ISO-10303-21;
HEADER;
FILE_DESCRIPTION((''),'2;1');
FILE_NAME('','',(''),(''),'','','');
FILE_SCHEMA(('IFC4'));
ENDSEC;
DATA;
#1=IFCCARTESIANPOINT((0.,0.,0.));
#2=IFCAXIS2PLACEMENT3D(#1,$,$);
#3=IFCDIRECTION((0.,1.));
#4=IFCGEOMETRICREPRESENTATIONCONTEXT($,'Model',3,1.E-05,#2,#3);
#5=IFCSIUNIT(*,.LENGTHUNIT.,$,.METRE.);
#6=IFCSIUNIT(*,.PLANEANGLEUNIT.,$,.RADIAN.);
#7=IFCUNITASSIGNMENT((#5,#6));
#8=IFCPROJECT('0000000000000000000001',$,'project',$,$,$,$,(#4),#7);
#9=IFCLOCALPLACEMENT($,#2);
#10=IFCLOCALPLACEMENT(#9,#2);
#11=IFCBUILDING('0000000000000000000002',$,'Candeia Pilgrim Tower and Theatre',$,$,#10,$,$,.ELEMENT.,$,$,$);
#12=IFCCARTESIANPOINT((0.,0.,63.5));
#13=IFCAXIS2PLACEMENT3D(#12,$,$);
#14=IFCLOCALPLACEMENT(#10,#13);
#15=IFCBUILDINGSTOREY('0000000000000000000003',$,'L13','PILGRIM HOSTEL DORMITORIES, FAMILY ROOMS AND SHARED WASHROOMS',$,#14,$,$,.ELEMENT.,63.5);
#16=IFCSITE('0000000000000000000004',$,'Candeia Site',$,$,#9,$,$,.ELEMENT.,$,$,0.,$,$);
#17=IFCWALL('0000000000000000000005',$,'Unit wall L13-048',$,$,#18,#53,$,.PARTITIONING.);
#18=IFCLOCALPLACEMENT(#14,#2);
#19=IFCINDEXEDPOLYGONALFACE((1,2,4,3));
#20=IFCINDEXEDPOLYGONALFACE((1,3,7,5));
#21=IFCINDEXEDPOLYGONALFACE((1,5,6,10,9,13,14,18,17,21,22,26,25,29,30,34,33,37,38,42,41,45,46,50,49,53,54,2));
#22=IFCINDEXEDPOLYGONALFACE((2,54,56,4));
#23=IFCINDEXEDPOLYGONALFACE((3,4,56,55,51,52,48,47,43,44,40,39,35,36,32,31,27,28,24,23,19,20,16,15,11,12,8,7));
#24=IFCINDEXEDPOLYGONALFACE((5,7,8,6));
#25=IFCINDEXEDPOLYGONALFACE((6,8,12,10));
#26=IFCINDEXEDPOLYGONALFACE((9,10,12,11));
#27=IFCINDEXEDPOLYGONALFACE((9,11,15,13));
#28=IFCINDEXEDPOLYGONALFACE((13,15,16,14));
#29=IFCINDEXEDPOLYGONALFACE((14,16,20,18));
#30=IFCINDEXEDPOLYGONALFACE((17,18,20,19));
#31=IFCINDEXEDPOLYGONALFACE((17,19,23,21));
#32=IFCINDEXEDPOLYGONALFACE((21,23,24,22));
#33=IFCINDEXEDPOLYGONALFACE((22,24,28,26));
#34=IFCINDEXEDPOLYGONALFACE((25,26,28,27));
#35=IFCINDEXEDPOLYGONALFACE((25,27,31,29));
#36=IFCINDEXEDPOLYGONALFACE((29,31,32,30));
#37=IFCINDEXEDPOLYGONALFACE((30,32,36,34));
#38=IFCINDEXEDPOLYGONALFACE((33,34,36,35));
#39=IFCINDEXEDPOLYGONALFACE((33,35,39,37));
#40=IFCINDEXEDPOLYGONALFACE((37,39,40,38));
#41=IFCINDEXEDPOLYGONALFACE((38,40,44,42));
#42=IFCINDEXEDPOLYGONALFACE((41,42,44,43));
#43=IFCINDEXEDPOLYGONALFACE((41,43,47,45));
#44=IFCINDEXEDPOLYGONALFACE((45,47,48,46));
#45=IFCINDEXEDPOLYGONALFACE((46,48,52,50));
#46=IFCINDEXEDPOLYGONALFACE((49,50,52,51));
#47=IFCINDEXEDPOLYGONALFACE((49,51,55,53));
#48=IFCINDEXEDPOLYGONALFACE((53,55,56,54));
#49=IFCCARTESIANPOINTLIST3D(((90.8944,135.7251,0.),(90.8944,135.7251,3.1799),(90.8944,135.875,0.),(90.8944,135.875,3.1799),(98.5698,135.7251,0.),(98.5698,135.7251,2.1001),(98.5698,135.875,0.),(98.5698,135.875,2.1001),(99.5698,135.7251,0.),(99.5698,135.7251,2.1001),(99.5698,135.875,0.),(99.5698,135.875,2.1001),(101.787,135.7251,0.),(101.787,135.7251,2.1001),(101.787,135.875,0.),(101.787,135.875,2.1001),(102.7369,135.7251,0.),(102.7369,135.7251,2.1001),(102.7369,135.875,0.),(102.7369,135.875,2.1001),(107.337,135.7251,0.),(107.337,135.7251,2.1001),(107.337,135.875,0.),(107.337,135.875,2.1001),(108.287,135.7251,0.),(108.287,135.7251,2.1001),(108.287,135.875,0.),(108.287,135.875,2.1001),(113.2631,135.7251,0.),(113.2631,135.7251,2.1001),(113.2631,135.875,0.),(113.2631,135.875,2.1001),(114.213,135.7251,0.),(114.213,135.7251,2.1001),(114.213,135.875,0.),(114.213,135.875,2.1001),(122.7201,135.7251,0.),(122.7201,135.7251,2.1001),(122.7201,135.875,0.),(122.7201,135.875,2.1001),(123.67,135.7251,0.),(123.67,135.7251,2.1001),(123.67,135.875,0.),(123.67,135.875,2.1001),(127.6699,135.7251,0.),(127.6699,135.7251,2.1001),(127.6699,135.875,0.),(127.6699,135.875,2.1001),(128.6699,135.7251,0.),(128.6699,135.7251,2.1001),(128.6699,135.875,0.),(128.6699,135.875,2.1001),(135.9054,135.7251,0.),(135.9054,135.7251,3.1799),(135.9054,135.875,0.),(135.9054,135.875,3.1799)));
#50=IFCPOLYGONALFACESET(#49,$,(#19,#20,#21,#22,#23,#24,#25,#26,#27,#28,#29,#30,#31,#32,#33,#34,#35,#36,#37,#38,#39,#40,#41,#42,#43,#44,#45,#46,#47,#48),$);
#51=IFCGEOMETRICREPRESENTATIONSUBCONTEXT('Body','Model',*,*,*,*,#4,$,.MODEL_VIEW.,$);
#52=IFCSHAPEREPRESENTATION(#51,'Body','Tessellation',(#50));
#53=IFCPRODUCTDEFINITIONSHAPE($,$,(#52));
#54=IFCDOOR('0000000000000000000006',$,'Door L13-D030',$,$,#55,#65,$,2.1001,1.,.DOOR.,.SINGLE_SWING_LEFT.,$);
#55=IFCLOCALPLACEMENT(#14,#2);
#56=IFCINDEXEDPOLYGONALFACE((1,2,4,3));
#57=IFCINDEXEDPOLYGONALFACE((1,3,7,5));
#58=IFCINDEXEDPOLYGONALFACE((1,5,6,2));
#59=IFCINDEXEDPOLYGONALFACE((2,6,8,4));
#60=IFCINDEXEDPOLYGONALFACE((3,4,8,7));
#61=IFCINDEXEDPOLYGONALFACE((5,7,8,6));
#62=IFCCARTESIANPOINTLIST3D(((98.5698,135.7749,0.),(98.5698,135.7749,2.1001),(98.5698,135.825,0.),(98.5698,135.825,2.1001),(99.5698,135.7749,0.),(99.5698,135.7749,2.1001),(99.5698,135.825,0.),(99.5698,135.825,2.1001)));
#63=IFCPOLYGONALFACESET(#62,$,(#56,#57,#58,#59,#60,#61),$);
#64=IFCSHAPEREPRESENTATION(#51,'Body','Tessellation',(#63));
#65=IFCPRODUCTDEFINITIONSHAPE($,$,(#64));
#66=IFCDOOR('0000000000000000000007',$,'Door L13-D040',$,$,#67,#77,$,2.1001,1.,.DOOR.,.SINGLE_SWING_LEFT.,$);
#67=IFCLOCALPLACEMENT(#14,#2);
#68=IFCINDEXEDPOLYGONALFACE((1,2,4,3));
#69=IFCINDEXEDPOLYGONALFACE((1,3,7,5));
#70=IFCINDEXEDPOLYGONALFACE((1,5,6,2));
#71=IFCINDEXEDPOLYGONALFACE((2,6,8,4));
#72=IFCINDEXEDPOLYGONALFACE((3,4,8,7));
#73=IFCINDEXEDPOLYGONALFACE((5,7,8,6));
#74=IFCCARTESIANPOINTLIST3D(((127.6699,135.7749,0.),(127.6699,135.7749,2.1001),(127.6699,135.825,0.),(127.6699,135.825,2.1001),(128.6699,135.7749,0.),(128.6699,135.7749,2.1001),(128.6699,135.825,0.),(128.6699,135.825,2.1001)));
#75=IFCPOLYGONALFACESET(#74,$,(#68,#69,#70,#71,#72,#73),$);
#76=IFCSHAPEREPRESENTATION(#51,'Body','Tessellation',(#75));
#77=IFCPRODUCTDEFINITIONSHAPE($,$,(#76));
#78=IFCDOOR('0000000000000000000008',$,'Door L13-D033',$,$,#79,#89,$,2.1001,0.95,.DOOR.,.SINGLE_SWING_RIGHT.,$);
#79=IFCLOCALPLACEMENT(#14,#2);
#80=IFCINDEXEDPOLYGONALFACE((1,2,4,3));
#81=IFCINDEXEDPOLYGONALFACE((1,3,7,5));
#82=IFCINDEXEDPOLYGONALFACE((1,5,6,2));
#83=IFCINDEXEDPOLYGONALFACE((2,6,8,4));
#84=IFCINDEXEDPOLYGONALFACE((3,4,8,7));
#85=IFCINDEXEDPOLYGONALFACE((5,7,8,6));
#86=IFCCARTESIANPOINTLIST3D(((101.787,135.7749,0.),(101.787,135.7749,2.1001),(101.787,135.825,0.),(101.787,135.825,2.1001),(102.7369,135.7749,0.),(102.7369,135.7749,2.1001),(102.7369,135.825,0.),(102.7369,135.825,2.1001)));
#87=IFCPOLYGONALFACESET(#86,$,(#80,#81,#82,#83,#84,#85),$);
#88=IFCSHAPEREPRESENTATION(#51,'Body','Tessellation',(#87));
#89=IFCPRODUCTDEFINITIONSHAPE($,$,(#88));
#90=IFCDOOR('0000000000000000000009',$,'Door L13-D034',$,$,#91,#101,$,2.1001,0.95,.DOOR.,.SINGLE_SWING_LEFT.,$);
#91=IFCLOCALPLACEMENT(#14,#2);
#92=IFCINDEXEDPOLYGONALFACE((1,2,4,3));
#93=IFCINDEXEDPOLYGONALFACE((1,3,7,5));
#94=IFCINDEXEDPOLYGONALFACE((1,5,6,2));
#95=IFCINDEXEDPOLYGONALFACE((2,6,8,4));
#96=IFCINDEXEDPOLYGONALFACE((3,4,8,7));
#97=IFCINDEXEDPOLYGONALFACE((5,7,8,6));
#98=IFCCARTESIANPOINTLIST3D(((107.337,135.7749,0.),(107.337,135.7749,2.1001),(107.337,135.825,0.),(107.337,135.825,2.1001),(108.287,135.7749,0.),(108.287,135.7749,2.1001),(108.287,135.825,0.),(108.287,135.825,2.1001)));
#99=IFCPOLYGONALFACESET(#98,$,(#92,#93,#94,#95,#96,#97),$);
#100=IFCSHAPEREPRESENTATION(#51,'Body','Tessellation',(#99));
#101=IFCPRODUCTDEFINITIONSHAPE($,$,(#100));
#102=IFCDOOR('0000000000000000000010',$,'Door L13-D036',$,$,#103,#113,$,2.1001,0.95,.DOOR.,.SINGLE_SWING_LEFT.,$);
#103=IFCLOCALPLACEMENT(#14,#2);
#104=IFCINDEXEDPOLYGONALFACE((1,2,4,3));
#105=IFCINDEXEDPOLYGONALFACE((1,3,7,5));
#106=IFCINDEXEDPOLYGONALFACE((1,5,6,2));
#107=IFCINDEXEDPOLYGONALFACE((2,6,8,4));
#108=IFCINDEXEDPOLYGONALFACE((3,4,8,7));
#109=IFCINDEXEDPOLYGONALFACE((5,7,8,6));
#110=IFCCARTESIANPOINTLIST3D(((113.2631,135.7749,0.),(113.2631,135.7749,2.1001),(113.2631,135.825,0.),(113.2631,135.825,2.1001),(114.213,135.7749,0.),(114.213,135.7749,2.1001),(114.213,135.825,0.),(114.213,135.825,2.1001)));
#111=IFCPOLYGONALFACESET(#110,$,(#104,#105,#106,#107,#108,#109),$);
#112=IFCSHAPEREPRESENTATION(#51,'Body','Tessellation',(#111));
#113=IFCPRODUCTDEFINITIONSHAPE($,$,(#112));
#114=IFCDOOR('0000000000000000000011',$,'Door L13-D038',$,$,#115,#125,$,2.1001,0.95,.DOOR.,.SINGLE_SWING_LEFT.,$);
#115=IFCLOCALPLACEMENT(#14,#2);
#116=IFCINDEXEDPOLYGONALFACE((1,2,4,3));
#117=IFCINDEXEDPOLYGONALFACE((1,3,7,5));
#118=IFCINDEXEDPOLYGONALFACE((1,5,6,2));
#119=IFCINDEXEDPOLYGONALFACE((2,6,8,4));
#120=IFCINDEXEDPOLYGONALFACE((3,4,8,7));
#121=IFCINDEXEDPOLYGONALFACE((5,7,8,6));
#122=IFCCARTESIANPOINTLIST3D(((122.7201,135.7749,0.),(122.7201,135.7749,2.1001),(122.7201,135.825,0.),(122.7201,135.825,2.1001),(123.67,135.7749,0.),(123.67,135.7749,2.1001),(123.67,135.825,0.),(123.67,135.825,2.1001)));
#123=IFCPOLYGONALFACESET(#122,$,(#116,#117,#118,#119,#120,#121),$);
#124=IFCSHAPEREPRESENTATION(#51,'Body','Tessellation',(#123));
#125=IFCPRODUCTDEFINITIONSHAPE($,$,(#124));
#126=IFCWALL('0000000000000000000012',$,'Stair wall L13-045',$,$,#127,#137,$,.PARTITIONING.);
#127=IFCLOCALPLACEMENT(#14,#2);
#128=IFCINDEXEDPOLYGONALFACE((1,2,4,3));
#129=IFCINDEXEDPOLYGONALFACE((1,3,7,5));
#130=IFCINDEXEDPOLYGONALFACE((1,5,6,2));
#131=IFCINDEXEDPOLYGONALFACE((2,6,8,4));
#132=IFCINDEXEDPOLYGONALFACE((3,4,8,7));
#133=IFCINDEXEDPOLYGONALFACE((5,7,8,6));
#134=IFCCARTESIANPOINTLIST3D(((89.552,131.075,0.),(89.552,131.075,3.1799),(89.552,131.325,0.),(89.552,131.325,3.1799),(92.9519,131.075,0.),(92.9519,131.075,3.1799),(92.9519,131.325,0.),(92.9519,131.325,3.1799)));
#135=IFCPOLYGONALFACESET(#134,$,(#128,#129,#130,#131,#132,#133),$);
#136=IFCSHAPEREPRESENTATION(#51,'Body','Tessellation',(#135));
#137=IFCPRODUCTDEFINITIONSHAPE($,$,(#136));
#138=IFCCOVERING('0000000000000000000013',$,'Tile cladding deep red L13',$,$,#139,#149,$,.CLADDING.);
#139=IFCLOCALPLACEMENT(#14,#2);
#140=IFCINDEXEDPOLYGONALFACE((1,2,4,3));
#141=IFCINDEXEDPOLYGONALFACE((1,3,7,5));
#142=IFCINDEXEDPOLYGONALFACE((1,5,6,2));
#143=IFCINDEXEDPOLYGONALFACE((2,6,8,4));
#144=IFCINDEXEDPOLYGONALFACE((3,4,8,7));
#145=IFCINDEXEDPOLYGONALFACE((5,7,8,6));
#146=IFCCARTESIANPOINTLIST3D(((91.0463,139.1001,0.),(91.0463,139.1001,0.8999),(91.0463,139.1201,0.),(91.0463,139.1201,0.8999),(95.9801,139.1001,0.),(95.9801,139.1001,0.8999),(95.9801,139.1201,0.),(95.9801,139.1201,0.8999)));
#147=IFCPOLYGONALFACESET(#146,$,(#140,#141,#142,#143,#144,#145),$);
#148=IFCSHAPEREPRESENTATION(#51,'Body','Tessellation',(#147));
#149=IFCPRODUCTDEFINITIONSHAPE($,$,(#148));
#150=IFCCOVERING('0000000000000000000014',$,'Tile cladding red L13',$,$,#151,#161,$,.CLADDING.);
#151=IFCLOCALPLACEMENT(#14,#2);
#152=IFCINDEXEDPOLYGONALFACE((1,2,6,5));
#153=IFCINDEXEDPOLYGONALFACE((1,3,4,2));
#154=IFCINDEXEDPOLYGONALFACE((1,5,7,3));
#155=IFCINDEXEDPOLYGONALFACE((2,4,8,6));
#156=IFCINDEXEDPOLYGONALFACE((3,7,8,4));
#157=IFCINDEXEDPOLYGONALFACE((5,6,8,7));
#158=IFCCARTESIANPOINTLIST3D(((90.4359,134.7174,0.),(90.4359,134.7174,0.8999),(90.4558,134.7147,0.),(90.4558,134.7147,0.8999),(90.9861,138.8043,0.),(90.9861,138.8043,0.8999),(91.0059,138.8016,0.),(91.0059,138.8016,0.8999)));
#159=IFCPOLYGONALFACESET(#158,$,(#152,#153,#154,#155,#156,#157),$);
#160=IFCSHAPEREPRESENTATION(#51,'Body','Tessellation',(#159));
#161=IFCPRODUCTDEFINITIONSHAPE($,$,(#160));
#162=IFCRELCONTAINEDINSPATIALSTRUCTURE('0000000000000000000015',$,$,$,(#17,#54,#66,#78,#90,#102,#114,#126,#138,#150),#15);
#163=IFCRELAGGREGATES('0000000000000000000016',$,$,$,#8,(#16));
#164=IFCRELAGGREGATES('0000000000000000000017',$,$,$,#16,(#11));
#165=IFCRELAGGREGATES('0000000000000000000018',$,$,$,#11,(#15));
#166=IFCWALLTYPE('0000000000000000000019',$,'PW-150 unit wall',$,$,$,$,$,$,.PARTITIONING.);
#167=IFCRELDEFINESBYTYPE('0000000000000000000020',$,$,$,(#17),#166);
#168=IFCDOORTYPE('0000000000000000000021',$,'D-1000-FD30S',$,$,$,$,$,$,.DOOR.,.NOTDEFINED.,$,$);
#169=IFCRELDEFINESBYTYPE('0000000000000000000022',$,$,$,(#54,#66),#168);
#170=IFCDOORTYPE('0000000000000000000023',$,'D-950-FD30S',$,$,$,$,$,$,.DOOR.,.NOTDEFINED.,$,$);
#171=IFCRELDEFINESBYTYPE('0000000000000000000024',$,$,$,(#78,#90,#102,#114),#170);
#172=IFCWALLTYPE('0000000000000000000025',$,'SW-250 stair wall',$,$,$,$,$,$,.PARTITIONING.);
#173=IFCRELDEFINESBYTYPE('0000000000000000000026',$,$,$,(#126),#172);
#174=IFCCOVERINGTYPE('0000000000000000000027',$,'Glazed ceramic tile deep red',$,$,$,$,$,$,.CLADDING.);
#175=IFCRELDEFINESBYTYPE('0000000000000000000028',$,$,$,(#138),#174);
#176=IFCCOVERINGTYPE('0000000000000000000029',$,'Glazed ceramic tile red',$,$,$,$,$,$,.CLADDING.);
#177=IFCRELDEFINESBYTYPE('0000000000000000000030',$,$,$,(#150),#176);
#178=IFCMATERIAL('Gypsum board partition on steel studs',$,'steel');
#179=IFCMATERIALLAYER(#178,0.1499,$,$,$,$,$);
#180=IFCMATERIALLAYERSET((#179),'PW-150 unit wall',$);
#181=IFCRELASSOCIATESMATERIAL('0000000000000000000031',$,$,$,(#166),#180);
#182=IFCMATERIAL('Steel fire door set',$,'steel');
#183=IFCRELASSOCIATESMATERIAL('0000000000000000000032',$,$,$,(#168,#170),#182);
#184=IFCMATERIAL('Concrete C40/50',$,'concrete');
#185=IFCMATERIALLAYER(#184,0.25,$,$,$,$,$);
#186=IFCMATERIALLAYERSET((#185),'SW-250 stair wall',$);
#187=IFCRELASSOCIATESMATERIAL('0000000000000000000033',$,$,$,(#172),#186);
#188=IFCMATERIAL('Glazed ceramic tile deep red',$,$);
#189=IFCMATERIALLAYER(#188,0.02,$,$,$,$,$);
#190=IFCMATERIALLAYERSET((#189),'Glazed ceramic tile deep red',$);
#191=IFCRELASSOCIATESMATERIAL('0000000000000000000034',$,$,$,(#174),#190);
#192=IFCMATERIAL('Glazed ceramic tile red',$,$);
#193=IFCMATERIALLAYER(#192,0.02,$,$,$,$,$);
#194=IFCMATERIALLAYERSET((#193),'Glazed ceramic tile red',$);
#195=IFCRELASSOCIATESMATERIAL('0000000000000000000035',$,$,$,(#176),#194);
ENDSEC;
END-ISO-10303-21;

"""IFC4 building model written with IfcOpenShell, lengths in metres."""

from ifc_helpers import new_model, si_unit, direction, frame, frame_2d, origin, origin_2d, place, context, subcontext, project, spatial, rectangle, extrude, material, layer, layer_set, type_object, element, fill, save


model = new_model("IFC4")

# Units and contexts
model_context = context("Model", 3, precision=1e-05, world=origin(), true_north=direction((0.0, 1.0)))
body_context = subcontext(model_context, "Body", "Model", "MODEL_VIEW")
ifc_project = project(units=[si_unit("LENGTHUNIT", "METRE"), si_unit("PLANEANGLEUNIT", "RADIAN")], contexts=[model_context])

# Site, building, storey
site_placement = place(None, origin())
site = spatial("IfcSite", under=ifc_project, at=site_placement, Name="Candeia Site", CompositionType="ELEMENT", RefElevation=0.0)
building_placement = place(site_placement, origin())
building = spatial("IfcBuilding", under=site, at=building_placement, Name="Candeia Pilgrim Tower and Theatre", CompositionType="ELEMENT")
storey_placement = place(building_placement, frame((0.0, 0.0, 63.5)))
storey = spatial("IfcBuildingStorey", under=building, at=storey_placement, Name="L13", Description="PILGRIM HOSTEL DORMITORIES, FAMILY ROOMS AND SHARED WASHROOMS", CompositionType="ELEMENT", Elevation=63.5)

# Shared definitions
ifc_material_1 = material(Name="Steel fire door set", Category="steel")

# Shared definitions
ifc_material_2 = material(Name="Gypsum board partition on steel studs", Category="steel")

# Wall, openings, doors
ifc_layer_1 = layer(ifc_material_2, 0.1499)
ifc_layer_set_1 = layer_set([ifc_layer_1], Name="PW-150 unit wall")
wall_type_1 = type_object("IfcWallType", Name="PW-150 unit wall", PredefinedType="PARTITIONING", material=ifc_layer_set_1)
wall_1_placement = place(storey_placement, frame((90.8945, 135.8, 0.0), z_axis=(0.0, 0.0, 1.0), x_axis=(1.0, 0.0, 0.0)))
wall_1 = element("IfcWall", 1, at=wall_1_placement, inside=storey, type_object=wall_type_1, Name="Unit wall L13-048", PredefinedType="PARTITIONING", context=body_context, shape_type="SweptSolid", body=[
    extrude(rectangle(XDim=45.011, YDim=0.1499, at=frame_2d((22.5054, 0.0))), origin(), (0.0, 0.0, 1.0), 3.1799),
])
opening_1_placement = place(wall_1_placement, frame((7.6753, 0.0, 0.0)))
opening_1 = element("IfcOpeningElement", 2, at=opening_1_placement, cuts=wall_1, PredefinedType="OPENING", context=body_context, shape_type="SweptSolid", body=[
    extrude(rectangle(XDim=1.0, YDim=2.1001, at=frame_2d((0.5, 1.05))), frame((0.0, 0.085, 0.0), z_axis=(0.0, -1.0, 0.0), x_axis=(1.0, 0.0, 0.0)), (0.0, 0.0, 1.0), 0.1699),
])
opening_2_placement = place(wall_1_placement, frame((10.8923, 0.0, 0.0)))
opening_2 = element("IfcOpeningElement", 3, at=opening_2_placement, cuts=wall_1, PredefinedType="OPENING", context=body_context, shape_type="SweptSolid", body=[
    extrude(rectangle(XDim=0.95, YDim=2.1001, at=frame_2d((0.4751, 1.05))), frame((0.0, 0.085, 0.0), z_axis=(0.0, -1.0, 0.0), x_axis=(1.0, 0.0, 0.0)), (0.0, 0.0, 1.0), 0.1699),
])
opening_3_placement = place(wall_1_placement, frame((16.4424, 0.0, 0.0)))
opening_3 = element("IfcOpeningElement", 4, at=opening_3_placement, cuts=wall_1, PredefinedType="OPENING", context=body_context, shape_type="SweptSolid", body=[
    extrude(rectangle(XDim=0.95, YDim=2.1001, at=frame_2d((0.4751, 1.05))), frame((0.0, 0.085, 0.0), z_axis=(0.0, -1.0, 0.0), x_axis=(1.0, 0.0, 0.0)), (0.0, 0.0, 1.0), 0.1699),
])
opening_4_placement = place(wall_1_placement, frame((22.3684, 0.0, 0.0)))
opening_4 = element("IfcOpeningElement", 5, at=opening_4_placement, cuts=wall_1, PredefinedType="OPENING", context=body_context, shape_type="SweptSolid", body=[
    extrude(rectangle(XDim=0.95, YDim=2.1001, at=frame_2d((0.4751, 1.05))), frame((0.0, 0.085, 0.0), z_axis=(0.0, -1.0, 0.0), x_axis=(1.0, 0.0, 0.0)), (0.0, 0.0, 1.0), 0.1699),
])
opening_5_placement = place(wall_1_placement, frame((31.8254, 0.0, 0.0)))
opening_5 = element("IfcOpeningElement", 6, at=opening_5_placement, cuts=wall_1, PredefinedType="OPENING", context=body_context, shape_type="SweptSolid", body=[
    extrude(rectangle(XDim=0.95, YDim=2.1001, at=frame_2d((0.4751, 1.05))), frame((0.0, 0.085, 0.0), z_axis=(0.0, -1.0, 0.0), x_axis=(1.0, 0.0, 0.0)), (0.0, 0.0, 1.0), 0.1699),
])
opening_6_placement = place(wall_1_placement, frame((36.7754, 0.0, 0.0)))
opening_6 = element("IfcOpeningElement", 7, at=opening_6_placement, cuts=wall_1, PredefinedType="OPENING", context=body_context, shape_type="SweptSolid", body=[
    extrude(rectangle(XDim=1.0, YDim=2.1001, at=frame_2d((0.5, 1.05))), frame((0.0, 0.085, 0.0), z_axis=(0.0, -1.0, 0.0), x_axis=(1.0, 0.0, 0.0)), (0.0, 0.0, 1.0), 0.1699),
])
door_type_1 = type_object("IfcDoorType", Name="D-1000-FD30S", OperationType="NOTDEFINED", PredefinedType="DOOR", material=ifc_material_1)
door_1_placement = place(opening_1_placement, origin())
door_1 = element("IfcDoor", 8, at=door_1_placement, inside=storey, type_object=door_type_1, Name="Door L13-D030", OperationType="SINGLE_SWING_LEFT", OverallHeight=2.1001, OverallWidth=1.0, PredefinedType="DOOR", context=body_context, shape_type="SweptSolid", body=[
    extrude(rectangle(XDim=1.0, YDim=2.1001, at=frame_2d((0.5, 1.05))), frame((0.0, 0.0249, 0.0), z_axis=(0.0, -1.0, 0.0), x_axis=(1.0, 0.0, 0.0)), (0.0, 0.0, 1.0), 0.05),
])
fill(opening_1, door_1)
door_2_placement = place(opening_6_placement, origin())
door_2 = element("IfcDoor", 9, at=door_2_placement, inside=storey, type_object=door_type_1, Name="Door L13-D040", OperationType="SINGLE_SWING_LEFT", OverallHeight=2.1001, OverallWidth=1.0, PredefinedType="DOOR", context=body_context, shape_type="SweptSolid", body=[
    extrude(rectangle(XDim=1.0, YDim=2.1001, at=frame_2d((0.5, 1.05))), frame((0.0, 0.0249, 0.0), z_axis=(0.0, -1.0, 0.0), x_axis=(1.0, 0.0, 0.0)), (0.0, 0.0, 1.0), 0.05),
])
fill(opening_6, door_2)
door_type_2 = type_object("IfcDoorType", Name="D-950-FD30S", OperationType="NOTDEFINED", PredefinedType="DOOR", material=ifc_material_1)
door_3_placement = place(opening_2_placement, origin())
door_3 = element("IfcDoor", 10, at=door_3_placement, inside=storey, type_object=door_type_2, Name="Door L13-D033", OperationType="SINGLE_SWING_RIGHT", OverallHeight=2.1001, OverallWidth=0.95, PredefinedType="DOOR", context=body_context, shape_type="SweptSolid", body=[
    extrude(rectangle(XDim=0.95, YDim=2.1001, at=frame_2d((0.4751, 1.05))), frame((0.0, 0.0249, 0.0), z_axis=(0.0, -1.0, 0.0), x_axis=(1.0, 0.0, 0.0)), (0.0, 0.0, 1.0), 0.05),
])
fill(opening_2, door_3)
door_4_placement = place(opening_3_placement, origin())
door_4 = element("IfcDoor", 11, at=door_4_placement, inside=storey, type_object=door_type_2, Name="Door L13-D034", OperationType="SINGLE_SWING_LEFT", OverallHeight=2.1001, OverallWidth=0.95, PredefinedType="DOOR", context=body_context, shape_type="SweptSolid", body=[
    extrude(rectangle(XDim=0.95, YDim=2.1001, at=frame_2d((0.4751, 1.05))), frame((0.0, 0.0249, 0.0), z_axis=(0.0, -1.0, 0.0), x_axis=(1.0, 0.0, 0.0)), (0.0, 0.0, 1.0), 0.05),
])
fill(opening_3, door_4)
door_5_placement = place(opening_4_placement, origin())
door_5 = element("IfcDoor", 12, at=door_5_placement, inside=storey, type_object=door_type_2, Name="Door L13-D036", OperationType="SINGLE_SWING_LEFT", OverallHeight=2.1001, OverallWidth=0.95, PredefinedType="DOOR", context=body_context, shape_type="SweptSolid", body=[
    extrude(rectangle(XDim=0.95, YDim=2.1001, at=frame_2d((0.4751, 1.05))), frame((0.0, 0.0249, 0.0), z_axis=(0.0, -1.0, 0.0), x_axis=(1.0, 0.0, 0.0)), (0.0, 0.0, 1.0), 0.05),
])
fill(opening_4, door_5)
door_6_placement = place(opening_5_placement, origin())
door_6 = element("IfcDoor", 13, at=door_6_placement, inside=storey, type_object=door_type_2, Name="Door L13-D038", OperationType="SINGLE_SWING_LEFT", OverallHeight=2.1001, OverallWidth=0.95, PredefinedType="DOOR", context=body_context, shape_type="SweptSolid", body=[
    extrude(rectangle(XDim=0.95, YDim=2.1001, at=frame_2d((0.4751, 1.05))), frame((0.0, 0.0249, 0.0), z_axis=(0.0, -1.0, 0.0), x_axis=(1.0, 0.0, 0.0)), (0.0, 0.0, 1.0), 0.05),
])
fill(opening_5, door_6)

# Wall
ifc_material_3 = material(Name="Concrete C40/50", Category="concrete")
ifc_layer_2 = layer(ifc_material_3, 0.25)
ifc_layer_set_2 = layer_set([ifc_layer_2], Name="SW-250 stair wall")
wall_type_2 = type_object("IfcWallType", Name="SW-250 stair wall", PredefinedType="PARTITIONING", material=ifc_layer_set_2)
wall_2_placement = place(storey_placement, frame((89.552, 131.2, 0.0), z_axis=(0.0, 0.0, 1.0), x_axis=(1.0, 0.0, 0.0)))
element("IfcWall", 14, at=wall_2_placement, inside=storey, type_object=wall_type_2, Name="Stair wall L13-045", PredefinedType="PARTITIONING", context=body_context, shape_type="SweptSolid", body=[
    extrude(rectangle(XDim=3.3999, YDim=0.25, at=frame_2d((1.7, 0.0))), origin(), (0.0, 0.0, 1.0), 3.1799),
])

# Coverings
ifc_material_4 = material(Name="Glazed ceramic tile deep red")
ifc_layer_3 = layer(ifc_material_4, 0.02)
ifc_layer_set_3 = layer_set([ifc_layer_3], Name="Glazed ceramic tile deep red")
covering_type_1 = type_object("IfcCoveringType", Name="Glazed ceramic tile deep red", PredefinedType="CLADDING", material=ifc_layer_set_3)
covering_1_placement = place(storey_placement, frame((93.5132, 139.1101, 0.0), z_axis=(0.0, 0.0, 1.0), x_axis=(-1.0, 0.0, 0.0)))
element("IfcCovering", 15, at=covering_1_placement, inside=storey, type_object=covering_type_1, Name="Tile cladding deep red L13", PredefinedType="CLADDING", context=body_context, shape_type="SweptSolid", body=[
    extrude(rectangle(XDim=4.9338, YDim=0.02, at=origin_2d()), origin(), (0.0, 0.0, 1.0), 0.8999),
])
ifc_material_5 = material(Name="Glazed ceramic tile red")
ifc_layer_4 = layer(ifc_material_5, 0.02)
ifc_layer_set_4 = layer_set([ifc_layer_4], Name="Glazed ceramic tile red")
covering_type_2 = type_object("IfcCoveringType", Name="Glazed ceramic tile red", PredefinedType="CLADDING", material=ifc_layer_set_4)
covering_2_placement = place(storey_placement, frame((90.7209, 136.7595, 0.0), z_axis=(0.0, 0.0, 1.0), x_axis=(-0.133412, -0.991061, 0.0)))
element("IfcCovering", 16, at=covering_2_placement, inside=storey, type_object=covering_type_2, Name="Tile cladding red L13", PredefinedType="CLADDING", context=body_context, shape_type="SweptSolid", body=[
    extrude(rectangle(XDim=4.1238, YDim=0.02, at=origin_2d()), origin(), (0.0, 0.0, 1.0), 0.8999),
])

save(model, "model.ifc")
